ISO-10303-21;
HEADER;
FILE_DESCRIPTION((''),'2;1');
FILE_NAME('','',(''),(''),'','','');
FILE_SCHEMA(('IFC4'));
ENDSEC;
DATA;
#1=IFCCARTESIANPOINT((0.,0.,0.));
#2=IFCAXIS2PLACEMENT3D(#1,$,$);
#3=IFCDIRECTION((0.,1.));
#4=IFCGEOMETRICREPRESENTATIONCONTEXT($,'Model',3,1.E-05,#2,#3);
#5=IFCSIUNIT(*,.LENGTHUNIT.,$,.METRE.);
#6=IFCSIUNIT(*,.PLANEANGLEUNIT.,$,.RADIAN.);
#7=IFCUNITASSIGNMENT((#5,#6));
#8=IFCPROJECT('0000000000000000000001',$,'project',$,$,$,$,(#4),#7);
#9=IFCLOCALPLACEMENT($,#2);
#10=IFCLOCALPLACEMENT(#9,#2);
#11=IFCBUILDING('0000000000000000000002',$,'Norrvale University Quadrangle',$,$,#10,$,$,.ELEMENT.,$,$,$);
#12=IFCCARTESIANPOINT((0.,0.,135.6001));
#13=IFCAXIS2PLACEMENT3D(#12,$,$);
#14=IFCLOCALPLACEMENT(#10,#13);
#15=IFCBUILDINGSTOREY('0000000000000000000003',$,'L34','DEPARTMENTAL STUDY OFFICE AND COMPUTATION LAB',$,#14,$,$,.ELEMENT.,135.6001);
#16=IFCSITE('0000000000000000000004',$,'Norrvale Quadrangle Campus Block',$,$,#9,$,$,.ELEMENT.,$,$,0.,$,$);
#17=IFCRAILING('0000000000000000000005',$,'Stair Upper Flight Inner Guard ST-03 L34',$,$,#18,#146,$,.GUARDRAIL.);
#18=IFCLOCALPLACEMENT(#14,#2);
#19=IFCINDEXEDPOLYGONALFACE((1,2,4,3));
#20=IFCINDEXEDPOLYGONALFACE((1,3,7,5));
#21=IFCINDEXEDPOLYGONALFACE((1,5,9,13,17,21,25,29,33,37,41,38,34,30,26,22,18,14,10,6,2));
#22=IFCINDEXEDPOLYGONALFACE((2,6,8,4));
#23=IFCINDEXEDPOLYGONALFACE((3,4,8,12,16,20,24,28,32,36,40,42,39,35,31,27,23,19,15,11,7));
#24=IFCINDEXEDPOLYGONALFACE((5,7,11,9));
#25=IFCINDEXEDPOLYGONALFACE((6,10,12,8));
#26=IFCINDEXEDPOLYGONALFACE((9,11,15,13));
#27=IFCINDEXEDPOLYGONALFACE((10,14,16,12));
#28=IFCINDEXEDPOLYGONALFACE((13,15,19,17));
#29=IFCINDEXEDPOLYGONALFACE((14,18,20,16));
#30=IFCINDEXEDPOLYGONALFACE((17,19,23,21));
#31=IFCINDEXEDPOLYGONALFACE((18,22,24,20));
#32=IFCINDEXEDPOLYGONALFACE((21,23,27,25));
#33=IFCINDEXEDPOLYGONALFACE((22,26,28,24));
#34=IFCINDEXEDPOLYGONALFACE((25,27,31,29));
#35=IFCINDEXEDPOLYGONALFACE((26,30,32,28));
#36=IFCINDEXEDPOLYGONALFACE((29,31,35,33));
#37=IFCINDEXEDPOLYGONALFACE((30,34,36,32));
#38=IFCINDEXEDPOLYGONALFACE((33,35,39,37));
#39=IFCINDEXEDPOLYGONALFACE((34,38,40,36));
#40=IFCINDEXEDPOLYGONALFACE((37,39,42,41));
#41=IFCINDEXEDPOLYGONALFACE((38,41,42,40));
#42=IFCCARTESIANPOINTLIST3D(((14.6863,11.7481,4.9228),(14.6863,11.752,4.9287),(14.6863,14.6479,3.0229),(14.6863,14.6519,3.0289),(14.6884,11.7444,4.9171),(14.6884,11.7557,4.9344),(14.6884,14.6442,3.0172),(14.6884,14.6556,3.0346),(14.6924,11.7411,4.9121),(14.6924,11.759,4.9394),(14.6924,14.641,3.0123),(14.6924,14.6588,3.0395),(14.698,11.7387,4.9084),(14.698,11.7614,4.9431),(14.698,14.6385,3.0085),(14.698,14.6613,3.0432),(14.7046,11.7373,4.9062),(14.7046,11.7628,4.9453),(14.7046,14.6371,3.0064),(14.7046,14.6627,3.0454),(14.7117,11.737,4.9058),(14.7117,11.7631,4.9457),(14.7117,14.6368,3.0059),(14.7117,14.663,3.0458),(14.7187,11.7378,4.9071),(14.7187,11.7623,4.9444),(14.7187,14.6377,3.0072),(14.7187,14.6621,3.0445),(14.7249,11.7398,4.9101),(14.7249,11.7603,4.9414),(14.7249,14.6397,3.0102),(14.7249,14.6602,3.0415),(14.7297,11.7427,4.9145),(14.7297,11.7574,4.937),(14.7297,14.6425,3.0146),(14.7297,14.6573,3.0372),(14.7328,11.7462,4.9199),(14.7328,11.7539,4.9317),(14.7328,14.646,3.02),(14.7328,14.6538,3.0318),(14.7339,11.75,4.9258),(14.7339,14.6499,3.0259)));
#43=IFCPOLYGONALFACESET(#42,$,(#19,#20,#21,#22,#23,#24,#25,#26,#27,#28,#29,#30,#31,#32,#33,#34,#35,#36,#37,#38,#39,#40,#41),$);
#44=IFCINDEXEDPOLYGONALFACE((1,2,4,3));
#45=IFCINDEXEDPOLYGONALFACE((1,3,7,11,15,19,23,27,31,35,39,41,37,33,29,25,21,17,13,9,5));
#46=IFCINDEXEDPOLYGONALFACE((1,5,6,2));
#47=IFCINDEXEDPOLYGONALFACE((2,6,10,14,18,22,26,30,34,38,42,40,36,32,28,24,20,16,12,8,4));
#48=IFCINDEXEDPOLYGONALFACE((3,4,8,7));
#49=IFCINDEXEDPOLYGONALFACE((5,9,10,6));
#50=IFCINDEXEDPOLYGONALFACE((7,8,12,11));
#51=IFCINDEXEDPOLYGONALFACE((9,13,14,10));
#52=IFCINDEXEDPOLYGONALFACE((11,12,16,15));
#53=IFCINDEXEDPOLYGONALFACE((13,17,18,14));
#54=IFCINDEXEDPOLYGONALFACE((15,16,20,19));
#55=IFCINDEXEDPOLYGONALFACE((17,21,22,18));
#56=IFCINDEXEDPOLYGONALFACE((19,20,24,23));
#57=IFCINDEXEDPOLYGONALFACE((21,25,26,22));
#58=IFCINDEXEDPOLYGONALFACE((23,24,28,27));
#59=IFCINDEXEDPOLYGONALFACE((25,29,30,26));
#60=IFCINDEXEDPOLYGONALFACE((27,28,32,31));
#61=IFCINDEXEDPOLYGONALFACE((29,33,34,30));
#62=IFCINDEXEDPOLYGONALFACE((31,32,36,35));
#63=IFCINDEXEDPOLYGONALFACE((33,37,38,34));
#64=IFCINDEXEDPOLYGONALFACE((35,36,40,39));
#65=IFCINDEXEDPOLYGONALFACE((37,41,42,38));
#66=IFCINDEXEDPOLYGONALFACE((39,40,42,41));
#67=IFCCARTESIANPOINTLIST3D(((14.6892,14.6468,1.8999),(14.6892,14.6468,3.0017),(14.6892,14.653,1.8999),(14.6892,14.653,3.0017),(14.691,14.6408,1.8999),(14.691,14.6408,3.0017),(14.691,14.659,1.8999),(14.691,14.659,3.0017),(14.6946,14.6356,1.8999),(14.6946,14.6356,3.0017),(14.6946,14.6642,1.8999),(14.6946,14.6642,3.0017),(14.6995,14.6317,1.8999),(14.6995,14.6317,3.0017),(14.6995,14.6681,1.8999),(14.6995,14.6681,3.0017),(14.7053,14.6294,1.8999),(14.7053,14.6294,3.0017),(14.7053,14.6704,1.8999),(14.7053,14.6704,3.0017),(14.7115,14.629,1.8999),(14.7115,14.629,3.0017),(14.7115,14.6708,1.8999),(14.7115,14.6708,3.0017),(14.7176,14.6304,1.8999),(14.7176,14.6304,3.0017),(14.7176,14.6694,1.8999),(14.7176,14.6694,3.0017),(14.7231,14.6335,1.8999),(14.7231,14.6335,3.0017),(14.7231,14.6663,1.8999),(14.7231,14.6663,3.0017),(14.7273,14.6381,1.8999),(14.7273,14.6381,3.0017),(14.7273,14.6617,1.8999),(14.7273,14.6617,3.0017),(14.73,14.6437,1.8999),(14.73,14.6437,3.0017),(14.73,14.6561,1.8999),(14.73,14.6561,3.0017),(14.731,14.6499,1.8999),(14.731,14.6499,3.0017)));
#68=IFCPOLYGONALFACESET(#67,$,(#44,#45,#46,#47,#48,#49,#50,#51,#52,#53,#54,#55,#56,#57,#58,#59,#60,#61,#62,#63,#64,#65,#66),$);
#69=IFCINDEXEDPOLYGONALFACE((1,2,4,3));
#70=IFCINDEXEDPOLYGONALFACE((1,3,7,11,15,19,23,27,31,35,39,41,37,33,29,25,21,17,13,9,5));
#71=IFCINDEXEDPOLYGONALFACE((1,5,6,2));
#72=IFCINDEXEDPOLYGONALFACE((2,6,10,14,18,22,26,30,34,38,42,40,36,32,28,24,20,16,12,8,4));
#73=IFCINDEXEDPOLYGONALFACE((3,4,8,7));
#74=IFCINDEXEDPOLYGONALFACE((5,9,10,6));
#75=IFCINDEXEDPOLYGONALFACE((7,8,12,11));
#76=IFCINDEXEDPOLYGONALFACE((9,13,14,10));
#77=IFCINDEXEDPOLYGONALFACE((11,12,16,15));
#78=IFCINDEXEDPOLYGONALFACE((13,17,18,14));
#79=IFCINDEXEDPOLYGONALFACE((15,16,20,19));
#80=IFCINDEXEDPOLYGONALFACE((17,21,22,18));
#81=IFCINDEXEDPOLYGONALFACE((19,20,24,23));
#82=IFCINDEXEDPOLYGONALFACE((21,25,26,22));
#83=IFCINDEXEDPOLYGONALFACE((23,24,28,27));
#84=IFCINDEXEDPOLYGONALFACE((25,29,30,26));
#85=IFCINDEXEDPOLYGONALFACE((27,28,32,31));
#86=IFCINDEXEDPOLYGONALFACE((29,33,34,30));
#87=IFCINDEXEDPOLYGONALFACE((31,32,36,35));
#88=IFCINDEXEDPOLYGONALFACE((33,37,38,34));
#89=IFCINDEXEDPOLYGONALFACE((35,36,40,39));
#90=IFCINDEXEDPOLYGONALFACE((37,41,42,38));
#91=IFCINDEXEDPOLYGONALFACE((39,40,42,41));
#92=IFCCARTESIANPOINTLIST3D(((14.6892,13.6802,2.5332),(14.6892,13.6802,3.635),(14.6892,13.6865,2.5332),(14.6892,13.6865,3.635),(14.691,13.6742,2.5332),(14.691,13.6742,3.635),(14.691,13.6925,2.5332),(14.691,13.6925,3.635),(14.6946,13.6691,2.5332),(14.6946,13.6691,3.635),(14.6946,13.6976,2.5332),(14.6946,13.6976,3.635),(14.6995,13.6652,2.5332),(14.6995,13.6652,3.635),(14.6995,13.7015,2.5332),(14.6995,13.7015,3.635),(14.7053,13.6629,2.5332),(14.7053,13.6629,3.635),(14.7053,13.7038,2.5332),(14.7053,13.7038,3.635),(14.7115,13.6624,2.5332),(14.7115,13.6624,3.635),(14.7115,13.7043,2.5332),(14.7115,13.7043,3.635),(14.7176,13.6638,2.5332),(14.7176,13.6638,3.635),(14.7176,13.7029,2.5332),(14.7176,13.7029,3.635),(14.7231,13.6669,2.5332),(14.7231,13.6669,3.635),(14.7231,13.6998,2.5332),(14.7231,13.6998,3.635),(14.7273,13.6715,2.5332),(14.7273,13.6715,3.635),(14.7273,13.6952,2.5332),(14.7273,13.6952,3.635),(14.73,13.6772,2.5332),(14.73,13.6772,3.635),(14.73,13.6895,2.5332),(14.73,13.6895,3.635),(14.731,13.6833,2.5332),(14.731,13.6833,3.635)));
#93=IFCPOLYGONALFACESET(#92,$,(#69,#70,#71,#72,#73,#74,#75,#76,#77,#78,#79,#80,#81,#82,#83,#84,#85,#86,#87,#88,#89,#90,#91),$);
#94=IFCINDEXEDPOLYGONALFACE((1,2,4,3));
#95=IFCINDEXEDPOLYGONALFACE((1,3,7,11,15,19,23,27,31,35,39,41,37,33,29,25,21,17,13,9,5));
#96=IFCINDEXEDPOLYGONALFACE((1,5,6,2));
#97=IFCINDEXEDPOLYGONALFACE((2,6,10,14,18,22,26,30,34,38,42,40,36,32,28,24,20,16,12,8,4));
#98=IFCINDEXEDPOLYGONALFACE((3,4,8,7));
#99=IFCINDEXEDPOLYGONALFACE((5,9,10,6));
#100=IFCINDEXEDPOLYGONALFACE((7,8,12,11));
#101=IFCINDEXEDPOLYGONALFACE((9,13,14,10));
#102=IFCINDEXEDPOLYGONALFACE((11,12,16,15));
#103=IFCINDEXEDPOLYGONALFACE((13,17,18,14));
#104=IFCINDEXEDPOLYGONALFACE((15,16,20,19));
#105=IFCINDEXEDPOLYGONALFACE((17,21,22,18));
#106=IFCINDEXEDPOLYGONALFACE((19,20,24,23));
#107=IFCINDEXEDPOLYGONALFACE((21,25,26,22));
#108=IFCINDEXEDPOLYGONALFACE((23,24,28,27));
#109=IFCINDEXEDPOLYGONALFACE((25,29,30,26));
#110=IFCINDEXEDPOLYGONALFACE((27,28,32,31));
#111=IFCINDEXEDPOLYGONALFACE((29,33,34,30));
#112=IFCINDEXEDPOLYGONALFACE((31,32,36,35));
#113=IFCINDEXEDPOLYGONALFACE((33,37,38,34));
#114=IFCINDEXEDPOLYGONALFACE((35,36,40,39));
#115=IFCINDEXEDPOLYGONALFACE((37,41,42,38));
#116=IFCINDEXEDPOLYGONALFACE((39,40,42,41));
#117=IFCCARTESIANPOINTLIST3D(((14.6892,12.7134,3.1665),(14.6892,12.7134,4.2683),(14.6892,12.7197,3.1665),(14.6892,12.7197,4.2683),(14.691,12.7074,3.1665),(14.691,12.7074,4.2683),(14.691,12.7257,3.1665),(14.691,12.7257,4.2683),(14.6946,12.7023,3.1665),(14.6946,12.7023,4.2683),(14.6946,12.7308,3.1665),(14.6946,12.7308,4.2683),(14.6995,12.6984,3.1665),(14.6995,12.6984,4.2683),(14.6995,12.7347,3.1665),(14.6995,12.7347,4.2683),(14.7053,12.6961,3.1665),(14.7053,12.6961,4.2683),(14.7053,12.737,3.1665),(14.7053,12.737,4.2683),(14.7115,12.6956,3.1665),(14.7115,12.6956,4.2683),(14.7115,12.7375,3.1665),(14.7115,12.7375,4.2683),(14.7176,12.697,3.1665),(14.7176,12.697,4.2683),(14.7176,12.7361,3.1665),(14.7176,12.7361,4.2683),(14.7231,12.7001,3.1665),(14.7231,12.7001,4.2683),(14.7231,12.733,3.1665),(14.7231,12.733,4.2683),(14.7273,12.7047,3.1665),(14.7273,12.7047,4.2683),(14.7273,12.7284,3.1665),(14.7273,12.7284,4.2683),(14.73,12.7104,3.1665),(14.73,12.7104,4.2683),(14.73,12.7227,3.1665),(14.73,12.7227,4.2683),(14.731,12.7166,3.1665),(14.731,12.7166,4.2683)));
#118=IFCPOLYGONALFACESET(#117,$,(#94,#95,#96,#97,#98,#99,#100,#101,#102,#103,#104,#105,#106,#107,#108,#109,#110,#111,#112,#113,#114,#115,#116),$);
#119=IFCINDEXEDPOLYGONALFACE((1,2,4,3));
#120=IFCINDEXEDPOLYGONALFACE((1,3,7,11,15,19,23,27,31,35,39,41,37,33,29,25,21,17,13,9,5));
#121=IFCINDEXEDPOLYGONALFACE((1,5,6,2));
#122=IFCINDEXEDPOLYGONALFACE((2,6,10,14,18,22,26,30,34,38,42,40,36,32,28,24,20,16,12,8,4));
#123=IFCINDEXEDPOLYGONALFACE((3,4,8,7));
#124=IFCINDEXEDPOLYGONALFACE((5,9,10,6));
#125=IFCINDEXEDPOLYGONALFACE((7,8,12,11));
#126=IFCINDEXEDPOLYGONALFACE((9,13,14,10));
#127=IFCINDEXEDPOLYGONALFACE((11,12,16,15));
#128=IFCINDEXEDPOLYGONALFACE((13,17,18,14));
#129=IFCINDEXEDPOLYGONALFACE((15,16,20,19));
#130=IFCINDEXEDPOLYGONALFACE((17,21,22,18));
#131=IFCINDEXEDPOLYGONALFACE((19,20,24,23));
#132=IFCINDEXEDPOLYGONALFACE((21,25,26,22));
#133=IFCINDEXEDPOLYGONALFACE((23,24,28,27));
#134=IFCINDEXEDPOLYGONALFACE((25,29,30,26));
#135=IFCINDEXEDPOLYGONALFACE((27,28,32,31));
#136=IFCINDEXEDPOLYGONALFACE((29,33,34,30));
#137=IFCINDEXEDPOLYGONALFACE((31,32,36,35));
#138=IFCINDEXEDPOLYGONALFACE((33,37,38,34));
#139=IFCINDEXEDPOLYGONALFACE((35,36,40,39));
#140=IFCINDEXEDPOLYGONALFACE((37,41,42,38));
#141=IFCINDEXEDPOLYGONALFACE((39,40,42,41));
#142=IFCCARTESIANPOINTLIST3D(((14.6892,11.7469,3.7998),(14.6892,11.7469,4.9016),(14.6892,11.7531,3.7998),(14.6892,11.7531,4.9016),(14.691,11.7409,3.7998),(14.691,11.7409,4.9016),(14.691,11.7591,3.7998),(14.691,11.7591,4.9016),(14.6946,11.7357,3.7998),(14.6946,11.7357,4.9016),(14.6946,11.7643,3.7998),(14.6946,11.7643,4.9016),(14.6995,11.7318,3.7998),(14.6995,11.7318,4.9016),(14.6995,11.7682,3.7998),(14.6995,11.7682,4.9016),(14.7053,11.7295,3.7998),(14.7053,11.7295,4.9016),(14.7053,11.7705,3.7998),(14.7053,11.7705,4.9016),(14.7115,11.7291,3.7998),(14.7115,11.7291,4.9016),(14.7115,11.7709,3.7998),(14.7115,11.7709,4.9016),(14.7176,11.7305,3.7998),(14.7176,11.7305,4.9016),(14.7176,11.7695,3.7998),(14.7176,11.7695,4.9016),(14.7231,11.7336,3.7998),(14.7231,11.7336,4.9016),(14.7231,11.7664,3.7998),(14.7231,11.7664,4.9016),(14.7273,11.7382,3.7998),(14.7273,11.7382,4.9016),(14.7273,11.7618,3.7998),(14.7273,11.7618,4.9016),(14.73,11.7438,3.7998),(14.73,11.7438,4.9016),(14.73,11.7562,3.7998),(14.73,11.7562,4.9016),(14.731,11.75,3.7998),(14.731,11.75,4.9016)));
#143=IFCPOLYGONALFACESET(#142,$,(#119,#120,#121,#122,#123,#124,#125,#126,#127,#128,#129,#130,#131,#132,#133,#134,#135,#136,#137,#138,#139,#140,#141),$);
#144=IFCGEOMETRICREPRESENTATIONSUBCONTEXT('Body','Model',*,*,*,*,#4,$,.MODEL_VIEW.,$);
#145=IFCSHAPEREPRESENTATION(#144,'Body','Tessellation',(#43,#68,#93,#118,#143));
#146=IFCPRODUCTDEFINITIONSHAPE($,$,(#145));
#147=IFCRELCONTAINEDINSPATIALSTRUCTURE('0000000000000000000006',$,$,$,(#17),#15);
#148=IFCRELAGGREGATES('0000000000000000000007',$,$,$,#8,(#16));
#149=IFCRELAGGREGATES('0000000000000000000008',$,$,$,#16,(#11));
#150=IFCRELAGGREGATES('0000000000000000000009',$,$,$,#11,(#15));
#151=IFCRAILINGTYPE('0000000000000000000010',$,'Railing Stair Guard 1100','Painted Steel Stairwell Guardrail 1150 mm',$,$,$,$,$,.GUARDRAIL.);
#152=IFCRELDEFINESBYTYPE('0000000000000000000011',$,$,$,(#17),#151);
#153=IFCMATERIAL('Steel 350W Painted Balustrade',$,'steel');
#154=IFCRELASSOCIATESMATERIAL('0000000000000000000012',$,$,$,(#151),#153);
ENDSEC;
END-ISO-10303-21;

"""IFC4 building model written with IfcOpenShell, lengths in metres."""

from ifc_helpers import new_model, si_unit, direction, frame, origin, origin_2d, place, context, subcontext, project, spatial, circle, extrude, material, type_object, element, save


model = new_model("IFC4")

# Units and contexts
model_context = context("Model", 3, precision=1e-05, world=origin(), true_north=direction((0.0, 1.0)))
body_context = subcontext(model_context, "Body", "Model", "MODEL_VIEW")
ifc_project = project(units=[si_unit("LENGTHUNIT", "METRE"), si_unit("PLANEANGLEUNIT", "RADIAN")], contexts=[model_context])

# Site, building, storey
site_placement = place(None, origin())
site = spatial("IfcSite", under=ifc_project, at=site_placement, Name="Norrvale Quadrangle Campus Block", CompositionType="ELEMENT", RefElevation=0.0)
building_placement = place(site_placement, origin())
building = spatial("IfcBuilding", under=site, at=building_placement, Name="Norrvale University Quadrangle", CompositionType="ELEMENT")
storey_placement = place(building_placement, frame((0.0, 0.0, 135.6001)))
storey = spatial("IfcBuildingStorey", under=building, at=storey_placement, Name="L34", Description="DEPARTMENTAL STUDY OFFICE AND COMPUTATION LAB", CompositionType="ELEMENT", Elevation=135.6001)

# Railing
ifc_material_1 = material(Name="Steel 350W Painted Balustrade", Category="steel")
railing_type_1 = type_object("IfcRailingType", Name="Railing Stair Guard 1100", Description="Painted Steel Stairwell Guardrail 1150 mm", PredefinedType="GUARDRAIL", material=ifc_material_1)
railing_1_placement = place(storey_placement, frame((14.71, 14.6499, 1.8999)))
element("IfcRailing", 1, at=railing_1_placement, inside=storey, type_object=railing_type_1, Name="Stair Upper Flight Inner Guard ST-03 L34", PredefinedType="GUARDRAIL", context=body_context, shape_type="SweptSolid", body=[
    extrude(circle(Radius=0.0239, at=origin_2d()), frame((0.0, 0.0, 1.126), z_axis=(0.0, -0.836466, 0.548019), x_axis=(1.0, 0.0, 0.0)), (0.0, 0.0, 1.0), 3.4668),
    extrude(circle(Radius=0.021, at=origin_2d()), origin(), (0.0, 0.0, 1.0), 1.1018),
    extrude(circle(Radius=0.021, at=origin_2d()), frame((0.0, -0.9666, 0.6333)), (0.0, 0.0, 1.0), 1.1018),
    extrude(circle(Radius=0.021, at=origin_2d()), frame((0.0, -1.9333, 1.2666)), (0.0, 0.0, 1.0), 1.1018),
    extrude(circle(Radius=0.021, at=origin_2d()), frame((0.0, -2.8999, 1.8999)), (0.0, 0.0, 1.0), 1.1018),
])

save(model, "model.ifc")
